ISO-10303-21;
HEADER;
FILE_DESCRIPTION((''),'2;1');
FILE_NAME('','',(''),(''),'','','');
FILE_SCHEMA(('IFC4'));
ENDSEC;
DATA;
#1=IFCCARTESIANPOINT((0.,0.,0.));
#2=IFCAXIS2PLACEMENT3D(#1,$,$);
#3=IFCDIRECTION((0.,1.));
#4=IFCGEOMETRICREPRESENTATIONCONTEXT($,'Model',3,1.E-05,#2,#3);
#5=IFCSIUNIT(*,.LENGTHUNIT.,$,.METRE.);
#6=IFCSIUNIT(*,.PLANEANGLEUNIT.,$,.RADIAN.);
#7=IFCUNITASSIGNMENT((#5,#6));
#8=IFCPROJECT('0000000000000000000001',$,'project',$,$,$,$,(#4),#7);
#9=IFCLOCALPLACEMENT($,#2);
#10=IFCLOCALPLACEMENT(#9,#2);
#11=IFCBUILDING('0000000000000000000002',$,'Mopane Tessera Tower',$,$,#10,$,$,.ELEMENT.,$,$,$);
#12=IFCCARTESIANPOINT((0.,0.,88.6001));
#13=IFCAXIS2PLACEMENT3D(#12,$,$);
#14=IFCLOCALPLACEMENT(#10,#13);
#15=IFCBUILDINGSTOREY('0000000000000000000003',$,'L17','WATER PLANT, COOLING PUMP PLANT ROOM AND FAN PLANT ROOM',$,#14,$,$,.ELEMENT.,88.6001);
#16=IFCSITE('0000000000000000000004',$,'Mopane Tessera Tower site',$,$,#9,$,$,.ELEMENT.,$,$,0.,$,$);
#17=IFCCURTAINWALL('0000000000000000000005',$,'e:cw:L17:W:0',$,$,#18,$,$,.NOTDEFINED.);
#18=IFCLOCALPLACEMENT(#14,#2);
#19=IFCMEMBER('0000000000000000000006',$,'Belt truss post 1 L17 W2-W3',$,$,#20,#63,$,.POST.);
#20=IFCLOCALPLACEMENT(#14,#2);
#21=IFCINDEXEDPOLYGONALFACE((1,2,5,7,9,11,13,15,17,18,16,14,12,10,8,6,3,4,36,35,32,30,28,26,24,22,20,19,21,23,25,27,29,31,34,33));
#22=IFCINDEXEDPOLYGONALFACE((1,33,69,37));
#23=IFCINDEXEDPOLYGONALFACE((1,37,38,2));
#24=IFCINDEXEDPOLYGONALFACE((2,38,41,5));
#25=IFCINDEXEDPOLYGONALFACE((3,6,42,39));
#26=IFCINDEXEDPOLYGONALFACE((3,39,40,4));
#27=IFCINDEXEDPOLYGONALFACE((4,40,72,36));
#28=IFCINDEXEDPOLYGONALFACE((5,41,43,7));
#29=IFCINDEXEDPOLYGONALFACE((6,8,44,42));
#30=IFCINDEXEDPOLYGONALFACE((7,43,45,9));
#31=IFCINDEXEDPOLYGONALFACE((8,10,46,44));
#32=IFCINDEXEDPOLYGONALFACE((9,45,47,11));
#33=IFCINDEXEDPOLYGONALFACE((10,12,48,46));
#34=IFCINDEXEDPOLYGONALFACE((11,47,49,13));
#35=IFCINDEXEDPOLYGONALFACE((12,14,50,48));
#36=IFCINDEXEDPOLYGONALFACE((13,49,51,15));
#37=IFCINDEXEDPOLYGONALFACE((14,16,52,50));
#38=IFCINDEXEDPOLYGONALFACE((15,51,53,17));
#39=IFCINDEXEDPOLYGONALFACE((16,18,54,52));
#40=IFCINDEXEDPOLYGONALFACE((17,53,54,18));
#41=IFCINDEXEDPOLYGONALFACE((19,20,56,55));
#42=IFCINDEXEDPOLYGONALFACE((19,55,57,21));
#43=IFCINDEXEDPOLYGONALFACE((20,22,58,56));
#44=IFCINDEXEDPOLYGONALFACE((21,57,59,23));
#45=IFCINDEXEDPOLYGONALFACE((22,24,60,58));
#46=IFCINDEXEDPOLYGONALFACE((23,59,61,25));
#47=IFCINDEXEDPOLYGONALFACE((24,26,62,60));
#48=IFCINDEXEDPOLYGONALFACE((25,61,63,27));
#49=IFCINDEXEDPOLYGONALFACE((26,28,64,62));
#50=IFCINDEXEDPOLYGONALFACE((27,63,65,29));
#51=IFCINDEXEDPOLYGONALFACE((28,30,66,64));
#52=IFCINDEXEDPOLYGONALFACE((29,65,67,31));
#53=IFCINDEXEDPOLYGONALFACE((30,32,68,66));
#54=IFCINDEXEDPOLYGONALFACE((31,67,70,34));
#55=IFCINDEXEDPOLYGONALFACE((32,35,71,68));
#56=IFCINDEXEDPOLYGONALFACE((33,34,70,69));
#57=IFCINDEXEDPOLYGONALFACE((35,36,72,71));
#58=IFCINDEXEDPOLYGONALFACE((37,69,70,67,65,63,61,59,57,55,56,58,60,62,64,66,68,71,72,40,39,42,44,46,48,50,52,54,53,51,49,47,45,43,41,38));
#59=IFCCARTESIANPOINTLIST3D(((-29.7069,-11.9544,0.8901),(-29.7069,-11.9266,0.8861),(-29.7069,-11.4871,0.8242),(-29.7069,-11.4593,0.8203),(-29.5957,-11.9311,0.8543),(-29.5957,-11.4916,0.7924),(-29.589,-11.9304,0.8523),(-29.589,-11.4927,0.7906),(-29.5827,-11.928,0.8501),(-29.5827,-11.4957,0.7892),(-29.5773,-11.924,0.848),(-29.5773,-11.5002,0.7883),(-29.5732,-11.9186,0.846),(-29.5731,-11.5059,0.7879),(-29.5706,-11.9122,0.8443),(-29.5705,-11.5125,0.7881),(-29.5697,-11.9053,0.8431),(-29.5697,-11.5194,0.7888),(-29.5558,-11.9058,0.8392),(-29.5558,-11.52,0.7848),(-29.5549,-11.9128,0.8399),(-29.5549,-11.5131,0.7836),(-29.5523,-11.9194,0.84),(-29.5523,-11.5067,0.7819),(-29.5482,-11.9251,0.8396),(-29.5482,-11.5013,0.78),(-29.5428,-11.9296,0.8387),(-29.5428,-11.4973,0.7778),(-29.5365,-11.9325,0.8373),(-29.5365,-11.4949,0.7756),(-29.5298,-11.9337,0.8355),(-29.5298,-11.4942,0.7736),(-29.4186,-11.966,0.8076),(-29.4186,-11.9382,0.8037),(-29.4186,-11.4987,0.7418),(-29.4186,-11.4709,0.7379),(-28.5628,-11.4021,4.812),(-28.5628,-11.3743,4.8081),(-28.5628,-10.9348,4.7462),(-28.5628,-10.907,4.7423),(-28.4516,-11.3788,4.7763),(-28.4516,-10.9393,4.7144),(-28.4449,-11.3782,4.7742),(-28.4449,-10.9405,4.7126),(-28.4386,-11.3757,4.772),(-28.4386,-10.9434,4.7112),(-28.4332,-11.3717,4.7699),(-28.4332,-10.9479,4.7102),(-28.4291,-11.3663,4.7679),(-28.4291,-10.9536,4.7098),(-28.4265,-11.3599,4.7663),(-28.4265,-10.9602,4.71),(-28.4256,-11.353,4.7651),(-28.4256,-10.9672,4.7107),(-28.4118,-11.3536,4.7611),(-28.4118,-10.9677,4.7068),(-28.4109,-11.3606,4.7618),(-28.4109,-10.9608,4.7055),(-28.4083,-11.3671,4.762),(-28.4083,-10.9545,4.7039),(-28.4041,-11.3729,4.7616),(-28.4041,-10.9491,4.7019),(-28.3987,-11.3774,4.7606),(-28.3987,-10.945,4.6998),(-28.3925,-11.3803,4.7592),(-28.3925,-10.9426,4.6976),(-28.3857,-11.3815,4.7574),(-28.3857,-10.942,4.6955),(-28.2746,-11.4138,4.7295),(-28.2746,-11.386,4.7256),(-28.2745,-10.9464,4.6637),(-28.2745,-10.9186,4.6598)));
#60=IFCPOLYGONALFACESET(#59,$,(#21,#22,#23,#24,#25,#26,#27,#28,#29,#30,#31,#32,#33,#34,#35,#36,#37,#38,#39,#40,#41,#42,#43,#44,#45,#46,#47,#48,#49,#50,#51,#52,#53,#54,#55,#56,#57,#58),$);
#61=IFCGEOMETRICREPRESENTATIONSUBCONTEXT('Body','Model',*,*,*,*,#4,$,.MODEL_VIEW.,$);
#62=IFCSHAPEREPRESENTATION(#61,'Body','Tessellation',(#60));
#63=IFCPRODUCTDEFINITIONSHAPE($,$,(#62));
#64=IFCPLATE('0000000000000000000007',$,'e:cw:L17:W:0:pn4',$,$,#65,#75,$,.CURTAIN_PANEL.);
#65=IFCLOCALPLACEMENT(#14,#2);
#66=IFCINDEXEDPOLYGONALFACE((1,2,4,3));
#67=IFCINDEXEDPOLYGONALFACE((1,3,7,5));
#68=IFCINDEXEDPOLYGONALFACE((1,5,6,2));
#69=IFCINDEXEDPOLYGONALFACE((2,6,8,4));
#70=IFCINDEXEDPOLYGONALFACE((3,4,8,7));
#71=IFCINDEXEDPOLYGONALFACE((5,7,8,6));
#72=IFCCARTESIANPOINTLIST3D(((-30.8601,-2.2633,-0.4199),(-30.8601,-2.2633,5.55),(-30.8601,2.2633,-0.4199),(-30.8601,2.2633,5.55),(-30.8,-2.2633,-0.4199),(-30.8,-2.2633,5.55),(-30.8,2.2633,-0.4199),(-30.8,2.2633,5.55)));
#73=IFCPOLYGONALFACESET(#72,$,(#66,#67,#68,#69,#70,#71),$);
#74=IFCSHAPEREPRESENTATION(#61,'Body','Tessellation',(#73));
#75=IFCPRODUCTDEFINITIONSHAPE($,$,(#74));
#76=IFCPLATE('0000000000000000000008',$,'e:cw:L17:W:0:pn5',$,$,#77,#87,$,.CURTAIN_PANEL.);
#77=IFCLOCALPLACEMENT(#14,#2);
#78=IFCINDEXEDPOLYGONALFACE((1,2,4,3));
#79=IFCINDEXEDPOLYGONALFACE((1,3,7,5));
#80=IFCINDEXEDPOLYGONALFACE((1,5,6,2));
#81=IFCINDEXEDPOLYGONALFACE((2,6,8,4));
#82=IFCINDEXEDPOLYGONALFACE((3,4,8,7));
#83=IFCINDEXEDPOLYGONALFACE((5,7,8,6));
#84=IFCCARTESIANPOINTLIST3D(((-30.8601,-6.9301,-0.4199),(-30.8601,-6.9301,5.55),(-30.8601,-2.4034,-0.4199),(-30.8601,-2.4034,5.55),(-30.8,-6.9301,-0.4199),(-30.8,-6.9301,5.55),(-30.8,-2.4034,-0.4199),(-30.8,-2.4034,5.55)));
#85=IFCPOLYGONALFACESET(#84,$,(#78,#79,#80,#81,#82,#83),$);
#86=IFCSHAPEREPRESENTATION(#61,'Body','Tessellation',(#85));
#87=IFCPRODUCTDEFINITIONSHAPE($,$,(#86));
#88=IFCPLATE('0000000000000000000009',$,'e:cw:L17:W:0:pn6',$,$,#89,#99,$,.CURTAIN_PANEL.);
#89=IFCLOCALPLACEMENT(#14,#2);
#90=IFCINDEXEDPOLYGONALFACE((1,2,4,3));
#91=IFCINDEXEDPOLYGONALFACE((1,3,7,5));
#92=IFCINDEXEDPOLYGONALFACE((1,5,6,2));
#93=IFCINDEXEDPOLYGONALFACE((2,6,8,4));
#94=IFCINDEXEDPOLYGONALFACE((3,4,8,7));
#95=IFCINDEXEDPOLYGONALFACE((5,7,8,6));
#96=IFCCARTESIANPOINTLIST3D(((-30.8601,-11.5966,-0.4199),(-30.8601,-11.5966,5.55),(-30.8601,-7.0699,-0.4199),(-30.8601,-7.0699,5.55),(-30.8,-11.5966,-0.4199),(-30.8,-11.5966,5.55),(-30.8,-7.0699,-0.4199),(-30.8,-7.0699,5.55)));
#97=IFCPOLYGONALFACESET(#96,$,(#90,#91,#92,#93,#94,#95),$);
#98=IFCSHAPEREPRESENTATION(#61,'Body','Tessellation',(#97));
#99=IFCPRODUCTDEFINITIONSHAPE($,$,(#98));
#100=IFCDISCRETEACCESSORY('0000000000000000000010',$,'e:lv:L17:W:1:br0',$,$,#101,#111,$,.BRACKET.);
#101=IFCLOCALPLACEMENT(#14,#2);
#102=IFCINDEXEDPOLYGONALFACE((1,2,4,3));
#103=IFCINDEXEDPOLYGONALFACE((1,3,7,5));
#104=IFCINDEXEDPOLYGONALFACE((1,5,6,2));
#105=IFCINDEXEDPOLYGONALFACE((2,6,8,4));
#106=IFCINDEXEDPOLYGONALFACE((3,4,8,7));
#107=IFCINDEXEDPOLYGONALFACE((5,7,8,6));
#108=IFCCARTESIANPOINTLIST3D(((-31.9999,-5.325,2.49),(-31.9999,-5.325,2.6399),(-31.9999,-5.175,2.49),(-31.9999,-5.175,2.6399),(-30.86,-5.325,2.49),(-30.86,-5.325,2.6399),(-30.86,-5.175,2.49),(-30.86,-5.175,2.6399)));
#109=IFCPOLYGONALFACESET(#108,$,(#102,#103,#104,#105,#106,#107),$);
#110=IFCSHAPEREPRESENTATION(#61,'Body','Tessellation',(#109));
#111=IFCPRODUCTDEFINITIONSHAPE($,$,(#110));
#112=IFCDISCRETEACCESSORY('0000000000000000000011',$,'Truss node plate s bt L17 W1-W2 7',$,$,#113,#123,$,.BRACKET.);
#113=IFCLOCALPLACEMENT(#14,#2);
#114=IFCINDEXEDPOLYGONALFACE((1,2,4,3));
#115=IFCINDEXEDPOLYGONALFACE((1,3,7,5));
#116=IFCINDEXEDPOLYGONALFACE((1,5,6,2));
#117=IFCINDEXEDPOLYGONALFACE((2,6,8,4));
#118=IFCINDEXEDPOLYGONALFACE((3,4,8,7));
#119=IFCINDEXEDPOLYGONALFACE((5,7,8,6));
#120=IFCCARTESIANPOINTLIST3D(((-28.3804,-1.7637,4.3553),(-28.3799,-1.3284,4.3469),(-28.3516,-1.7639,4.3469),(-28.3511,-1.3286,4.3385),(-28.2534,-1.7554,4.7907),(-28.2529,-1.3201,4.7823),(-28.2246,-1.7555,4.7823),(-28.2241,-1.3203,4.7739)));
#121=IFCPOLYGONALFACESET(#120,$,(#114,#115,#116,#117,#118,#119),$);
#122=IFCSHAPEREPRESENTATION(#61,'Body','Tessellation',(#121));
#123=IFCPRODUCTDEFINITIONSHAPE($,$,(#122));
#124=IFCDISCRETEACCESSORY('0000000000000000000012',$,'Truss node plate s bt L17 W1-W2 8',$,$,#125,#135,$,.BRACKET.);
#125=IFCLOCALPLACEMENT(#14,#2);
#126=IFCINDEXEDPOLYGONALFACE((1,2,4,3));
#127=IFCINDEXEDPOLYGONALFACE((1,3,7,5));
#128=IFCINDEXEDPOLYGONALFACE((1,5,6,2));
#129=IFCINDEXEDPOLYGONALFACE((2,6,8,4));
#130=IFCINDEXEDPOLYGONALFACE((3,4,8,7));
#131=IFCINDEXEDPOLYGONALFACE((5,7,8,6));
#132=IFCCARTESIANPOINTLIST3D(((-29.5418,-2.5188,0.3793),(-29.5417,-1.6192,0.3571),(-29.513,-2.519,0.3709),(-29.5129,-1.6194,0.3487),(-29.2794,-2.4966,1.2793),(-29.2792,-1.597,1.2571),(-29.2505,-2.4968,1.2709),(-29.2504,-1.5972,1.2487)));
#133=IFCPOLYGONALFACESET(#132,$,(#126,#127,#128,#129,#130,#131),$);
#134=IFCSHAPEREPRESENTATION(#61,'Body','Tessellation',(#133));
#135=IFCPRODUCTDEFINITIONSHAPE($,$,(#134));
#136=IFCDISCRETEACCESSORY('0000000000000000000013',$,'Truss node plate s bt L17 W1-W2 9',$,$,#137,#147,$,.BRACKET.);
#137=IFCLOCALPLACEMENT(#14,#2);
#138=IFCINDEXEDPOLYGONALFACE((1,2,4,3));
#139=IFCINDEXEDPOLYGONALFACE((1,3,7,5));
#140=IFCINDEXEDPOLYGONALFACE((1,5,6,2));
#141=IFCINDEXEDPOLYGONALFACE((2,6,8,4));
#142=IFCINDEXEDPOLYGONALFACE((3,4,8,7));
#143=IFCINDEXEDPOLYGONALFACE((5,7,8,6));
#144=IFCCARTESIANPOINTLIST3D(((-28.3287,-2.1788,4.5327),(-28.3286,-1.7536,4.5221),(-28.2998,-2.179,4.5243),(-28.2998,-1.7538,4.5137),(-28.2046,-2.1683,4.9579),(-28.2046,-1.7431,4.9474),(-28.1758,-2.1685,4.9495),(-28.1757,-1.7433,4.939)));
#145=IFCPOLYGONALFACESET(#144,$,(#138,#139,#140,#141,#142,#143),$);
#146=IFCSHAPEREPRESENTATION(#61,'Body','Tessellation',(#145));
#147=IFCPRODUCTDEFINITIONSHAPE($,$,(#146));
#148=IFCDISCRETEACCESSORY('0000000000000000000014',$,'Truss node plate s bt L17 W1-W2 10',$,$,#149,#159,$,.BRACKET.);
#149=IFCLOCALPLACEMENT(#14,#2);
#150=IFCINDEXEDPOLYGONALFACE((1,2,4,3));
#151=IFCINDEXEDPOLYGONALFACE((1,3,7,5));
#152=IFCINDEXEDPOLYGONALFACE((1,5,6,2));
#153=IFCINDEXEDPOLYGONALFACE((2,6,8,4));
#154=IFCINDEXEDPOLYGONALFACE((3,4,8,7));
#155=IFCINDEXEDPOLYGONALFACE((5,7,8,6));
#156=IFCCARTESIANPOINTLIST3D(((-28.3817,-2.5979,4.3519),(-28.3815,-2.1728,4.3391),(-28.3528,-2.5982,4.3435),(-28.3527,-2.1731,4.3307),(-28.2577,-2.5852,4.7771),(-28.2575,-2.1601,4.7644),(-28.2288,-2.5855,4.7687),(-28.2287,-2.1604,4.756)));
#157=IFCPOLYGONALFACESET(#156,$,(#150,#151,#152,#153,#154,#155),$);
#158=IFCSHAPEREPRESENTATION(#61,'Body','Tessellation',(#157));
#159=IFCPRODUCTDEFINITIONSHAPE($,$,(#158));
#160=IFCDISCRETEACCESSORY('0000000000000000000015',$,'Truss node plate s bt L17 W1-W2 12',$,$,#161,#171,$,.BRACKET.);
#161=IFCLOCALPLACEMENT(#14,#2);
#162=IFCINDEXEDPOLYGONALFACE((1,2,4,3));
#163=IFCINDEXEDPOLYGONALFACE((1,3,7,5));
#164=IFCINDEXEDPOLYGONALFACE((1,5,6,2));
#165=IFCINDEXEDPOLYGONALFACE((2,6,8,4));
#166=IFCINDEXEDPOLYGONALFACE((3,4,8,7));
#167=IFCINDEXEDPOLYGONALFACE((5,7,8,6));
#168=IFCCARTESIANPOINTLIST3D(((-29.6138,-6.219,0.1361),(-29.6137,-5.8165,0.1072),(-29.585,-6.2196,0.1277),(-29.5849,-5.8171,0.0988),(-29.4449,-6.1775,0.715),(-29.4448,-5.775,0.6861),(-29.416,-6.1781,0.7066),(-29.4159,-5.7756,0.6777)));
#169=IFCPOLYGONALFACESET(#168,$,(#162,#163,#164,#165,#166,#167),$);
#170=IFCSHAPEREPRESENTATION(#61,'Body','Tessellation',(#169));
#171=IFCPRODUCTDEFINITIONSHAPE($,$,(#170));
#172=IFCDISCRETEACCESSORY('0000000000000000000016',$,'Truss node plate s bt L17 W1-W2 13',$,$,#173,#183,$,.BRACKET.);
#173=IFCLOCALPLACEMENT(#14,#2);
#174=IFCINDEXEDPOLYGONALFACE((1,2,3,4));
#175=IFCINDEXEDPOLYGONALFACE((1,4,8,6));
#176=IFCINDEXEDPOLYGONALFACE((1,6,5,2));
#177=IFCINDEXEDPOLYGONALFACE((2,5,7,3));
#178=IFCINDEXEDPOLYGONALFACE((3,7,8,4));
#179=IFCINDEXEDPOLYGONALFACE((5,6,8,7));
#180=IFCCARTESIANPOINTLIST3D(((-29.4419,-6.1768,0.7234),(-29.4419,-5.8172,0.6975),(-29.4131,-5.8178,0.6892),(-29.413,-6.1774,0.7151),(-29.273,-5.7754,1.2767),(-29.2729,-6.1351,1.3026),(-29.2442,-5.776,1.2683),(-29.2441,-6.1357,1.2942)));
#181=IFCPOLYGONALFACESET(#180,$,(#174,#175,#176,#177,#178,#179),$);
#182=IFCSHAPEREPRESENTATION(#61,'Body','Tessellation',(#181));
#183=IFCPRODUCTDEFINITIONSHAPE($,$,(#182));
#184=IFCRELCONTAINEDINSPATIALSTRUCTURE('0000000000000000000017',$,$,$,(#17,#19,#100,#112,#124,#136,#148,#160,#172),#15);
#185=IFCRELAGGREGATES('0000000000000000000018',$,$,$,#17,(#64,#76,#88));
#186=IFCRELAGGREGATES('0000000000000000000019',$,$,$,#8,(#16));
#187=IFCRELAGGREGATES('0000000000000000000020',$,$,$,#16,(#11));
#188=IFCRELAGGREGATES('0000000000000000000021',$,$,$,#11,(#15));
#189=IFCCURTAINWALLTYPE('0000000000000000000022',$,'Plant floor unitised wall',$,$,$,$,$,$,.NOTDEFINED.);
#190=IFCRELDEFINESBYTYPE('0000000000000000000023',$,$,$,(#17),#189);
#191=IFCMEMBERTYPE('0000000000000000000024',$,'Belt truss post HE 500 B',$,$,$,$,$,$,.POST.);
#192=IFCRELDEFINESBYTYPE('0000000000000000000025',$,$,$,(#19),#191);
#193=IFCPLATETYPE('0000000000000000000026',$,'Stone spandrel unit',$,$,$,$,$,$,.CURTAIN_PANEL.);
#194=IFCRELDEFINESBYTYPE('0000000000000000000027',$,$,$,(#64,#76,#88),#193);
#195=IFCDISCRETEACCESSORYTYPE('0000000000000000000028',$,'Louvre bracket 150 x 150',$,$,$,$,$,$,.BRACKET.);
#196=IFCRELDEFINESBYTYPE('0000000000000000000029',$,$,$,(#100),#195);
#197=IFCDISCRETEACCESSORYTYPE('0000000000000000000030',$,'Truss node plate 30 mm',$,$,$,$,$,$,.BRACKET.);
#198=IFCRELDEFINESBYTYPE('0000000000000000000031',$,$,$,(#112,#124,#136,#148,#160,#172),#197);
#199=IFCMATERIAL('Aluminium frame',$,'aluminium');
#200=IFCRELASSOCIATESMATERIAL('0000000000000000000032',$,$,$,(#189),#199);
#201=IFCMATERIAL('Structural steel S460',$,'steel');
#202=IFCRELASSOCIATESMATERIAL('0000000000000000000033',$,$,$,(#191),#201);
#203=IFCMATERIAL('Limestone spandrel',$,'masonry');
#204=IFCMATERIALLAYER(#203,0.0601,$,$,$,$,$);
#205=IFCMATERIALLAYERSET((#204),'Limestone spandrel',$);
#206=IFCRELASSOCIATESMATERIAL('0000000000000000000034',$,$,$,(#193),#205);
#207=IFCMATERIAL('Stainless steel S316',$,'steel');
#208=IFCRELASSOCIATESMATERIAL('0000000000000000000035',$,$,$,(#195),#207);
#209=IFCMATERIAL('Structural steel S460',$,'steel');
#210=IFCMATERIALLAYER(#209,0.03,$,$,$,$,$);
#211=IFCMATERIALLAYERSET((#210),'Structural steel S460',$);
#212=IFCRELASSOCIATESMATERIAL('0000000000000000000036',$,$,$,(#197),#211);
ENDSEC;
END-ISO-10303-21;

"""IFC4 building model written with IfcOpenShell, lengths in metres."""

from ifc_helpers import new_model, si_unit, direction, frame, origin, origin_2d, place, context, subcontext, project, spatial, rectangle, i_section, extrude, material, layer, layer_set, material_profile, profile_set, type_object, element, aggregate, save


model = new_model("IFC4")

# Units and contexts
model_context = context("Model", 3, precision=1e-05, world=origin(), true_north=direction((0.0, 1.0)))
body_context = subcontext(model_context, "Body", "Model", "MODEL_VIEW")
ifc_project = project(units=[si_unit("LENGTHUNIT", "METRE"), si_unit("PLANEANGLEUNIT", "RADIAN")], contexts=[model_context])

# Site, building, storey
site_placement = place(None, origin())
site = spatial("IfcSite", under=ifc_project, at=site_placement, Name="Mopane Tessera Tower site", CompositionType="ELEMENT", RefElevation=0.0)
building_placement = place(site_placement, origin())
building = spatial("IfcBuilding", under=site, at=building_placement, Name="Mopane Tessera Tower", CompositionType="ELEMENT")
storey_placement = place(building_placement, frame((0.0, 0.0, 88.6001)))
storey = spatial("IfcBuildingStorey", under=building, at=storey_placement, Name="L17", Description="WATER PLANT, COOLING PUMP PLANT ROOM AND FAN PLANT ROOM", CompositionType="ELEMENT", Elevation=88.6001)

# Curtain wall
ifc_material_1 = material(Name="Aluminium frame", Category="aluminium")
curtain_wall_type = type_object("IfcCurtainWallType", Name="Plant floor unitised wall", PredefinedType="NOTDEFINED", material=ifc_material_1)
curtain_wall_placement = place(storey_placement, origin())
curtain_wall = element("IfcCurtainWall", 1, at=curtain_wall_placement, inside=storey, type_object=curtain_wall_type, Name="e:cw:L17:W:0", PredefinedType="NOTDEFINED")

# Member
ifc_material_2 = material(Name="Structural steel S460", Category="steel")
ifc_material_profile_1 = material_profile(ifc_material_2, i_section(OverallWidth=0.3, OverallDepth=0.5, WebThickness=0.0144, FlangeThickness=0.0281, FilletRadius=0.0271, at=origin_2d()))
ifc_profile_set_1 = profile_set([ifc_material_profile_1], Name="Structural steel S460")
member_type_1 = type_object("IfcMemberType", Name="Belt truss post HE 500 B", PredefinedType="POST", material=ifc_profile_set_1)
member_1_placement = place(storey_placement, frame((-29.5627, -11.7126, 0.814), z_axis=(0.277513, 0.133959, 0.951337), x_axis=(0.960722, -0.038716, -0.274799)))
element("IfcMember", 2, at=member_1_placement, inside=storey, type_object=member_type_1, Name="Belt truss post 1 L17 W2-W3", PredefinedType="POST", context=body_context, shape_type="SweptSolid", body=[
    extrude(i_section(OverallWidth=0.3, OverallDepth=0.5, WebThickness=0.0144, FlangeThickness=0.0281, FilletRadius=0.0271, at=origin_2d()), origin(), (0.0, 0.0, 1.0), 4.1226),
])

# Plates
ifc_material_3 = material(Name="Limestone spandrel", Category="masonry")
ifc_layer_1 = layer(ifc_material_3, 0.0601)
ifc_layer_set_1 = layer_set([ifc_layer_1], Name="Limestone spandrel")
plate_type = type_object("IfcPlateType", Name="Stone spandrel unit", PredefinedType="CURTAIN_PANEL", material=ifc_layer_set_1)
plate_1_placement = place(storey_placement, frame((-30.8301, 0.0, -0.4199), z_axis=(0.0, 0.0, 1.0), x_axis=(0.0, -1.0, 0.0)))
plate_1 = element("IfcPlate", 3, at=plate_1_placement, type_object=plate_type, Name="e:cw:L17:W:0:pn4", PredefinedType="CURTAIN_PANEL", context=body_context, shape_type="SweptSolid", body=[
    extrude(rectangle(XDim=4.5266, YDim=0.0601, at=origin_2d()), origin(), (0.0, 0.0, 1.0), 5.97),
])
plate_2_placement = place(storey_placement, frame((-30.8301, -4.6667, -0.4199), z_axis=(0.0, 0.0, 1.0), x_axis=(0.0, -1.0, 0.0)))
plate_2 = element("IfcPlate", 4, at=plate_2_placement, type_object=plate_type, Name="e:cw:L17:W:0:pn5", PredefinedType="CURTAIN_PANEL", context=body_context, shape_type="SweptSolid", body=[
    extrude(rectangle(XDim=4.5266, YDim=0.0601, at=origin_2d()), origin(), (0.0, 0.0, 1.0), 5.97),
])
plate_3_placement = place(storey_placement, frame((-30.8301, -9.3333, -0.4199), z_axis=(0.0, 0.0, 1.0), x_axis=(0.0, -1.0, 0.0)))
plate_3 = element("IfcPlate", 5, at=plate_3_placement, type_object=plate_type, Name="e:cw:L17:W:0:pn6", PredefinedType="CURTAIN_PANEL", context=body_context, shape_type="SweptSolid", body=[
    extrude(rectangle(XDim=4.5266, YDim=0.0601, at=origin_2d()), origin(), (0.0, 0.0, 1.0), 5.97),
])
aggregate(curtain_wall, [plate_1, plate_2, plate_3])

# Discrete accessories
ifc_material_4 = material(Name="Stainless steel S316", Category="steel")
discrete_accessory_type_1 = type_object("IfcDiscreteAccessoryType", Name="Louvre bracket 150 x 150", PredefinedType="BRACKET", material=ifc_material_4)
discrete_accessory_1_placement = place(storey_placement, frame((-31.4299, -5.25, 2.49), z_axis=(0.0, 0.0, 1.0), x_axis=(-1.0, 0.0, 0.0)))
element("IfcDiscreteAccessory", 6, at=discrete_accessory_1_placement, inside=storey, type_object=discrete_accessory_type_1, Name="e:lv:L17:W:1:br0", PredefinedType="BRACKET", context=body_context, shape_type="SweptSolid", body=[
    extrude(rectangle(XDim=1.1399, YDim=0.1499, at=origin_2d()), origin(), (0.0, 0.0, 1.0), 0.1499),
])
ifc_material_5 = material(Name="Structural steel S460", Category="steel")
ifc_layer_2 = layer(ifc_material_5, 0.03)
ifc_layer_set_2 = layer_set([ifc_layer_2], Name="Structural steel S460")
discrete_accessory_type_2 = type_object("IfcDiscreteAccessoryType", Name="Truss node plate 30 mm", PredefinedType="BRACKET", material=ifc_layer_set_2)
discrete_accessory_2_placement = place(storey_placement, frame((-28.3657, -1.5461, 4.3469), z_axis=(0.279932, 0.018303, 0.959845), x_axis=(0.960019, -0.006552, -0.279858)))
element("IfcDiscreteAccessory", 7, at=discrete_accessory_2_placement, inside=storey, type_object=discrete_accessory_type_2, Name="Truss node plate s bt L17 W1-W2 7", PredefinedType="BRACKET", context=body_context, shape_type="SweptSolid", body=[
    extrude(rectangle(XDim=0.03, YDim=0.4353, at=origin_2d()), origin(), (0.0, 0.0, 1.0), 0.4536),
])
discrete_accessory_3_placement = place(storey_placement, frame((-29.5273, -2.0691, 0.364), z_axis=(0.279901, 0.023694, 0.959736), x_axis=(0.960029, -0.007084, -0.279812)))
element("IfcDiscreteAccessory", 8, at=discrete_accessory_3_placement, inside=storey, type_object=discrete_accessory_type_2, Name="Truss node plate s bt L17 W1-W2 8", PredefinedType="BRACKET", context=body_context, shape_type="SweptSolid", body=[
    extrude(rectangle(XDim=0.03, YDim=0.8999, at=origin_2d()), origin(), (0.0, 0.0, 1.0), 0.9377),
])
for number, where, z_axis, x_axis, name in (
    (9, (-28.3142, -1.9663, 4.5232), (0.279879, 0.023691, 0.959743), (0.960035, -0.007089, -0.279789), "Truss node plate s bt L17 W1-W2 9"),
    (10, (-28.3672, -2.3855, 4.3413), (0.279843, 0.028645, 0.959618), (0.960046, -0.008672, -0.279709), "Truss node plate s bt L17 W1-W2 10"),
):
    element("IfcDiscreteAccessory", number, at=place(storey_placement, frame(where, z_axis=z_axis, x_axis=x_axis)), inside=storey, type_object=discrete_accessory_type_2, Name=name, PredefinedType="BRACKET", context=body_context, shape_type="SweptSolid", body=[
        extrude(rectangle(XDim=0.03, YDim=0.4253, at=origin_2d()), origin(), (0.0, 0.0, 1.0), 0.4431),
    ])
discrete_accessory_4_placement = place(storey_placement, frame((-29.5994, -6.0181, 0.1174), z_axis=(0.27951, 0.068666, 0.957684), x_axis=(0.960143, -0.020286, -0.278773)))
element("IfcDiscreteAccessory", 11, at=discrete_accessory_4_placement, inside=storey, type_object=discrete_accessory_type_2, Name="Truss node plate s bt L17 W1-W2 12", PredefinedType="BRACKET", context=body_context, shape_type="SweptSolid", body=[
    extrude(rectangle(XDim=0.03, YDim=0.4036, at=origin_2d()), origin(), (0.0, 0.0, 1.0), 0.6045),
])
discrete_accessory_5_placement = place(storey_placement, frame((-29.4275, -5.9973, 0.7063), z_axis=(0.279394, 0.069041, 0.957691), x_axis=(0.960177, -0.019844, -0.278688)))
element("IfcDiscreteAccessory", 12, at=discrete_accessory_5_placement, inside=storey, type_object=discrete_accessory_type_2, Name="Truss node plate s bt L17 W1-W2 13", PredefinedType="BRACKET", context=body_context, shape_type="SweptSolid", body=[
    extrude(rectangle(XDim=0.03, YDim=0.3606, at=origin_2d()), origin(), (0.0, 0.0, 1.0), 0.6047),
])

save(model, "model.ifc")
